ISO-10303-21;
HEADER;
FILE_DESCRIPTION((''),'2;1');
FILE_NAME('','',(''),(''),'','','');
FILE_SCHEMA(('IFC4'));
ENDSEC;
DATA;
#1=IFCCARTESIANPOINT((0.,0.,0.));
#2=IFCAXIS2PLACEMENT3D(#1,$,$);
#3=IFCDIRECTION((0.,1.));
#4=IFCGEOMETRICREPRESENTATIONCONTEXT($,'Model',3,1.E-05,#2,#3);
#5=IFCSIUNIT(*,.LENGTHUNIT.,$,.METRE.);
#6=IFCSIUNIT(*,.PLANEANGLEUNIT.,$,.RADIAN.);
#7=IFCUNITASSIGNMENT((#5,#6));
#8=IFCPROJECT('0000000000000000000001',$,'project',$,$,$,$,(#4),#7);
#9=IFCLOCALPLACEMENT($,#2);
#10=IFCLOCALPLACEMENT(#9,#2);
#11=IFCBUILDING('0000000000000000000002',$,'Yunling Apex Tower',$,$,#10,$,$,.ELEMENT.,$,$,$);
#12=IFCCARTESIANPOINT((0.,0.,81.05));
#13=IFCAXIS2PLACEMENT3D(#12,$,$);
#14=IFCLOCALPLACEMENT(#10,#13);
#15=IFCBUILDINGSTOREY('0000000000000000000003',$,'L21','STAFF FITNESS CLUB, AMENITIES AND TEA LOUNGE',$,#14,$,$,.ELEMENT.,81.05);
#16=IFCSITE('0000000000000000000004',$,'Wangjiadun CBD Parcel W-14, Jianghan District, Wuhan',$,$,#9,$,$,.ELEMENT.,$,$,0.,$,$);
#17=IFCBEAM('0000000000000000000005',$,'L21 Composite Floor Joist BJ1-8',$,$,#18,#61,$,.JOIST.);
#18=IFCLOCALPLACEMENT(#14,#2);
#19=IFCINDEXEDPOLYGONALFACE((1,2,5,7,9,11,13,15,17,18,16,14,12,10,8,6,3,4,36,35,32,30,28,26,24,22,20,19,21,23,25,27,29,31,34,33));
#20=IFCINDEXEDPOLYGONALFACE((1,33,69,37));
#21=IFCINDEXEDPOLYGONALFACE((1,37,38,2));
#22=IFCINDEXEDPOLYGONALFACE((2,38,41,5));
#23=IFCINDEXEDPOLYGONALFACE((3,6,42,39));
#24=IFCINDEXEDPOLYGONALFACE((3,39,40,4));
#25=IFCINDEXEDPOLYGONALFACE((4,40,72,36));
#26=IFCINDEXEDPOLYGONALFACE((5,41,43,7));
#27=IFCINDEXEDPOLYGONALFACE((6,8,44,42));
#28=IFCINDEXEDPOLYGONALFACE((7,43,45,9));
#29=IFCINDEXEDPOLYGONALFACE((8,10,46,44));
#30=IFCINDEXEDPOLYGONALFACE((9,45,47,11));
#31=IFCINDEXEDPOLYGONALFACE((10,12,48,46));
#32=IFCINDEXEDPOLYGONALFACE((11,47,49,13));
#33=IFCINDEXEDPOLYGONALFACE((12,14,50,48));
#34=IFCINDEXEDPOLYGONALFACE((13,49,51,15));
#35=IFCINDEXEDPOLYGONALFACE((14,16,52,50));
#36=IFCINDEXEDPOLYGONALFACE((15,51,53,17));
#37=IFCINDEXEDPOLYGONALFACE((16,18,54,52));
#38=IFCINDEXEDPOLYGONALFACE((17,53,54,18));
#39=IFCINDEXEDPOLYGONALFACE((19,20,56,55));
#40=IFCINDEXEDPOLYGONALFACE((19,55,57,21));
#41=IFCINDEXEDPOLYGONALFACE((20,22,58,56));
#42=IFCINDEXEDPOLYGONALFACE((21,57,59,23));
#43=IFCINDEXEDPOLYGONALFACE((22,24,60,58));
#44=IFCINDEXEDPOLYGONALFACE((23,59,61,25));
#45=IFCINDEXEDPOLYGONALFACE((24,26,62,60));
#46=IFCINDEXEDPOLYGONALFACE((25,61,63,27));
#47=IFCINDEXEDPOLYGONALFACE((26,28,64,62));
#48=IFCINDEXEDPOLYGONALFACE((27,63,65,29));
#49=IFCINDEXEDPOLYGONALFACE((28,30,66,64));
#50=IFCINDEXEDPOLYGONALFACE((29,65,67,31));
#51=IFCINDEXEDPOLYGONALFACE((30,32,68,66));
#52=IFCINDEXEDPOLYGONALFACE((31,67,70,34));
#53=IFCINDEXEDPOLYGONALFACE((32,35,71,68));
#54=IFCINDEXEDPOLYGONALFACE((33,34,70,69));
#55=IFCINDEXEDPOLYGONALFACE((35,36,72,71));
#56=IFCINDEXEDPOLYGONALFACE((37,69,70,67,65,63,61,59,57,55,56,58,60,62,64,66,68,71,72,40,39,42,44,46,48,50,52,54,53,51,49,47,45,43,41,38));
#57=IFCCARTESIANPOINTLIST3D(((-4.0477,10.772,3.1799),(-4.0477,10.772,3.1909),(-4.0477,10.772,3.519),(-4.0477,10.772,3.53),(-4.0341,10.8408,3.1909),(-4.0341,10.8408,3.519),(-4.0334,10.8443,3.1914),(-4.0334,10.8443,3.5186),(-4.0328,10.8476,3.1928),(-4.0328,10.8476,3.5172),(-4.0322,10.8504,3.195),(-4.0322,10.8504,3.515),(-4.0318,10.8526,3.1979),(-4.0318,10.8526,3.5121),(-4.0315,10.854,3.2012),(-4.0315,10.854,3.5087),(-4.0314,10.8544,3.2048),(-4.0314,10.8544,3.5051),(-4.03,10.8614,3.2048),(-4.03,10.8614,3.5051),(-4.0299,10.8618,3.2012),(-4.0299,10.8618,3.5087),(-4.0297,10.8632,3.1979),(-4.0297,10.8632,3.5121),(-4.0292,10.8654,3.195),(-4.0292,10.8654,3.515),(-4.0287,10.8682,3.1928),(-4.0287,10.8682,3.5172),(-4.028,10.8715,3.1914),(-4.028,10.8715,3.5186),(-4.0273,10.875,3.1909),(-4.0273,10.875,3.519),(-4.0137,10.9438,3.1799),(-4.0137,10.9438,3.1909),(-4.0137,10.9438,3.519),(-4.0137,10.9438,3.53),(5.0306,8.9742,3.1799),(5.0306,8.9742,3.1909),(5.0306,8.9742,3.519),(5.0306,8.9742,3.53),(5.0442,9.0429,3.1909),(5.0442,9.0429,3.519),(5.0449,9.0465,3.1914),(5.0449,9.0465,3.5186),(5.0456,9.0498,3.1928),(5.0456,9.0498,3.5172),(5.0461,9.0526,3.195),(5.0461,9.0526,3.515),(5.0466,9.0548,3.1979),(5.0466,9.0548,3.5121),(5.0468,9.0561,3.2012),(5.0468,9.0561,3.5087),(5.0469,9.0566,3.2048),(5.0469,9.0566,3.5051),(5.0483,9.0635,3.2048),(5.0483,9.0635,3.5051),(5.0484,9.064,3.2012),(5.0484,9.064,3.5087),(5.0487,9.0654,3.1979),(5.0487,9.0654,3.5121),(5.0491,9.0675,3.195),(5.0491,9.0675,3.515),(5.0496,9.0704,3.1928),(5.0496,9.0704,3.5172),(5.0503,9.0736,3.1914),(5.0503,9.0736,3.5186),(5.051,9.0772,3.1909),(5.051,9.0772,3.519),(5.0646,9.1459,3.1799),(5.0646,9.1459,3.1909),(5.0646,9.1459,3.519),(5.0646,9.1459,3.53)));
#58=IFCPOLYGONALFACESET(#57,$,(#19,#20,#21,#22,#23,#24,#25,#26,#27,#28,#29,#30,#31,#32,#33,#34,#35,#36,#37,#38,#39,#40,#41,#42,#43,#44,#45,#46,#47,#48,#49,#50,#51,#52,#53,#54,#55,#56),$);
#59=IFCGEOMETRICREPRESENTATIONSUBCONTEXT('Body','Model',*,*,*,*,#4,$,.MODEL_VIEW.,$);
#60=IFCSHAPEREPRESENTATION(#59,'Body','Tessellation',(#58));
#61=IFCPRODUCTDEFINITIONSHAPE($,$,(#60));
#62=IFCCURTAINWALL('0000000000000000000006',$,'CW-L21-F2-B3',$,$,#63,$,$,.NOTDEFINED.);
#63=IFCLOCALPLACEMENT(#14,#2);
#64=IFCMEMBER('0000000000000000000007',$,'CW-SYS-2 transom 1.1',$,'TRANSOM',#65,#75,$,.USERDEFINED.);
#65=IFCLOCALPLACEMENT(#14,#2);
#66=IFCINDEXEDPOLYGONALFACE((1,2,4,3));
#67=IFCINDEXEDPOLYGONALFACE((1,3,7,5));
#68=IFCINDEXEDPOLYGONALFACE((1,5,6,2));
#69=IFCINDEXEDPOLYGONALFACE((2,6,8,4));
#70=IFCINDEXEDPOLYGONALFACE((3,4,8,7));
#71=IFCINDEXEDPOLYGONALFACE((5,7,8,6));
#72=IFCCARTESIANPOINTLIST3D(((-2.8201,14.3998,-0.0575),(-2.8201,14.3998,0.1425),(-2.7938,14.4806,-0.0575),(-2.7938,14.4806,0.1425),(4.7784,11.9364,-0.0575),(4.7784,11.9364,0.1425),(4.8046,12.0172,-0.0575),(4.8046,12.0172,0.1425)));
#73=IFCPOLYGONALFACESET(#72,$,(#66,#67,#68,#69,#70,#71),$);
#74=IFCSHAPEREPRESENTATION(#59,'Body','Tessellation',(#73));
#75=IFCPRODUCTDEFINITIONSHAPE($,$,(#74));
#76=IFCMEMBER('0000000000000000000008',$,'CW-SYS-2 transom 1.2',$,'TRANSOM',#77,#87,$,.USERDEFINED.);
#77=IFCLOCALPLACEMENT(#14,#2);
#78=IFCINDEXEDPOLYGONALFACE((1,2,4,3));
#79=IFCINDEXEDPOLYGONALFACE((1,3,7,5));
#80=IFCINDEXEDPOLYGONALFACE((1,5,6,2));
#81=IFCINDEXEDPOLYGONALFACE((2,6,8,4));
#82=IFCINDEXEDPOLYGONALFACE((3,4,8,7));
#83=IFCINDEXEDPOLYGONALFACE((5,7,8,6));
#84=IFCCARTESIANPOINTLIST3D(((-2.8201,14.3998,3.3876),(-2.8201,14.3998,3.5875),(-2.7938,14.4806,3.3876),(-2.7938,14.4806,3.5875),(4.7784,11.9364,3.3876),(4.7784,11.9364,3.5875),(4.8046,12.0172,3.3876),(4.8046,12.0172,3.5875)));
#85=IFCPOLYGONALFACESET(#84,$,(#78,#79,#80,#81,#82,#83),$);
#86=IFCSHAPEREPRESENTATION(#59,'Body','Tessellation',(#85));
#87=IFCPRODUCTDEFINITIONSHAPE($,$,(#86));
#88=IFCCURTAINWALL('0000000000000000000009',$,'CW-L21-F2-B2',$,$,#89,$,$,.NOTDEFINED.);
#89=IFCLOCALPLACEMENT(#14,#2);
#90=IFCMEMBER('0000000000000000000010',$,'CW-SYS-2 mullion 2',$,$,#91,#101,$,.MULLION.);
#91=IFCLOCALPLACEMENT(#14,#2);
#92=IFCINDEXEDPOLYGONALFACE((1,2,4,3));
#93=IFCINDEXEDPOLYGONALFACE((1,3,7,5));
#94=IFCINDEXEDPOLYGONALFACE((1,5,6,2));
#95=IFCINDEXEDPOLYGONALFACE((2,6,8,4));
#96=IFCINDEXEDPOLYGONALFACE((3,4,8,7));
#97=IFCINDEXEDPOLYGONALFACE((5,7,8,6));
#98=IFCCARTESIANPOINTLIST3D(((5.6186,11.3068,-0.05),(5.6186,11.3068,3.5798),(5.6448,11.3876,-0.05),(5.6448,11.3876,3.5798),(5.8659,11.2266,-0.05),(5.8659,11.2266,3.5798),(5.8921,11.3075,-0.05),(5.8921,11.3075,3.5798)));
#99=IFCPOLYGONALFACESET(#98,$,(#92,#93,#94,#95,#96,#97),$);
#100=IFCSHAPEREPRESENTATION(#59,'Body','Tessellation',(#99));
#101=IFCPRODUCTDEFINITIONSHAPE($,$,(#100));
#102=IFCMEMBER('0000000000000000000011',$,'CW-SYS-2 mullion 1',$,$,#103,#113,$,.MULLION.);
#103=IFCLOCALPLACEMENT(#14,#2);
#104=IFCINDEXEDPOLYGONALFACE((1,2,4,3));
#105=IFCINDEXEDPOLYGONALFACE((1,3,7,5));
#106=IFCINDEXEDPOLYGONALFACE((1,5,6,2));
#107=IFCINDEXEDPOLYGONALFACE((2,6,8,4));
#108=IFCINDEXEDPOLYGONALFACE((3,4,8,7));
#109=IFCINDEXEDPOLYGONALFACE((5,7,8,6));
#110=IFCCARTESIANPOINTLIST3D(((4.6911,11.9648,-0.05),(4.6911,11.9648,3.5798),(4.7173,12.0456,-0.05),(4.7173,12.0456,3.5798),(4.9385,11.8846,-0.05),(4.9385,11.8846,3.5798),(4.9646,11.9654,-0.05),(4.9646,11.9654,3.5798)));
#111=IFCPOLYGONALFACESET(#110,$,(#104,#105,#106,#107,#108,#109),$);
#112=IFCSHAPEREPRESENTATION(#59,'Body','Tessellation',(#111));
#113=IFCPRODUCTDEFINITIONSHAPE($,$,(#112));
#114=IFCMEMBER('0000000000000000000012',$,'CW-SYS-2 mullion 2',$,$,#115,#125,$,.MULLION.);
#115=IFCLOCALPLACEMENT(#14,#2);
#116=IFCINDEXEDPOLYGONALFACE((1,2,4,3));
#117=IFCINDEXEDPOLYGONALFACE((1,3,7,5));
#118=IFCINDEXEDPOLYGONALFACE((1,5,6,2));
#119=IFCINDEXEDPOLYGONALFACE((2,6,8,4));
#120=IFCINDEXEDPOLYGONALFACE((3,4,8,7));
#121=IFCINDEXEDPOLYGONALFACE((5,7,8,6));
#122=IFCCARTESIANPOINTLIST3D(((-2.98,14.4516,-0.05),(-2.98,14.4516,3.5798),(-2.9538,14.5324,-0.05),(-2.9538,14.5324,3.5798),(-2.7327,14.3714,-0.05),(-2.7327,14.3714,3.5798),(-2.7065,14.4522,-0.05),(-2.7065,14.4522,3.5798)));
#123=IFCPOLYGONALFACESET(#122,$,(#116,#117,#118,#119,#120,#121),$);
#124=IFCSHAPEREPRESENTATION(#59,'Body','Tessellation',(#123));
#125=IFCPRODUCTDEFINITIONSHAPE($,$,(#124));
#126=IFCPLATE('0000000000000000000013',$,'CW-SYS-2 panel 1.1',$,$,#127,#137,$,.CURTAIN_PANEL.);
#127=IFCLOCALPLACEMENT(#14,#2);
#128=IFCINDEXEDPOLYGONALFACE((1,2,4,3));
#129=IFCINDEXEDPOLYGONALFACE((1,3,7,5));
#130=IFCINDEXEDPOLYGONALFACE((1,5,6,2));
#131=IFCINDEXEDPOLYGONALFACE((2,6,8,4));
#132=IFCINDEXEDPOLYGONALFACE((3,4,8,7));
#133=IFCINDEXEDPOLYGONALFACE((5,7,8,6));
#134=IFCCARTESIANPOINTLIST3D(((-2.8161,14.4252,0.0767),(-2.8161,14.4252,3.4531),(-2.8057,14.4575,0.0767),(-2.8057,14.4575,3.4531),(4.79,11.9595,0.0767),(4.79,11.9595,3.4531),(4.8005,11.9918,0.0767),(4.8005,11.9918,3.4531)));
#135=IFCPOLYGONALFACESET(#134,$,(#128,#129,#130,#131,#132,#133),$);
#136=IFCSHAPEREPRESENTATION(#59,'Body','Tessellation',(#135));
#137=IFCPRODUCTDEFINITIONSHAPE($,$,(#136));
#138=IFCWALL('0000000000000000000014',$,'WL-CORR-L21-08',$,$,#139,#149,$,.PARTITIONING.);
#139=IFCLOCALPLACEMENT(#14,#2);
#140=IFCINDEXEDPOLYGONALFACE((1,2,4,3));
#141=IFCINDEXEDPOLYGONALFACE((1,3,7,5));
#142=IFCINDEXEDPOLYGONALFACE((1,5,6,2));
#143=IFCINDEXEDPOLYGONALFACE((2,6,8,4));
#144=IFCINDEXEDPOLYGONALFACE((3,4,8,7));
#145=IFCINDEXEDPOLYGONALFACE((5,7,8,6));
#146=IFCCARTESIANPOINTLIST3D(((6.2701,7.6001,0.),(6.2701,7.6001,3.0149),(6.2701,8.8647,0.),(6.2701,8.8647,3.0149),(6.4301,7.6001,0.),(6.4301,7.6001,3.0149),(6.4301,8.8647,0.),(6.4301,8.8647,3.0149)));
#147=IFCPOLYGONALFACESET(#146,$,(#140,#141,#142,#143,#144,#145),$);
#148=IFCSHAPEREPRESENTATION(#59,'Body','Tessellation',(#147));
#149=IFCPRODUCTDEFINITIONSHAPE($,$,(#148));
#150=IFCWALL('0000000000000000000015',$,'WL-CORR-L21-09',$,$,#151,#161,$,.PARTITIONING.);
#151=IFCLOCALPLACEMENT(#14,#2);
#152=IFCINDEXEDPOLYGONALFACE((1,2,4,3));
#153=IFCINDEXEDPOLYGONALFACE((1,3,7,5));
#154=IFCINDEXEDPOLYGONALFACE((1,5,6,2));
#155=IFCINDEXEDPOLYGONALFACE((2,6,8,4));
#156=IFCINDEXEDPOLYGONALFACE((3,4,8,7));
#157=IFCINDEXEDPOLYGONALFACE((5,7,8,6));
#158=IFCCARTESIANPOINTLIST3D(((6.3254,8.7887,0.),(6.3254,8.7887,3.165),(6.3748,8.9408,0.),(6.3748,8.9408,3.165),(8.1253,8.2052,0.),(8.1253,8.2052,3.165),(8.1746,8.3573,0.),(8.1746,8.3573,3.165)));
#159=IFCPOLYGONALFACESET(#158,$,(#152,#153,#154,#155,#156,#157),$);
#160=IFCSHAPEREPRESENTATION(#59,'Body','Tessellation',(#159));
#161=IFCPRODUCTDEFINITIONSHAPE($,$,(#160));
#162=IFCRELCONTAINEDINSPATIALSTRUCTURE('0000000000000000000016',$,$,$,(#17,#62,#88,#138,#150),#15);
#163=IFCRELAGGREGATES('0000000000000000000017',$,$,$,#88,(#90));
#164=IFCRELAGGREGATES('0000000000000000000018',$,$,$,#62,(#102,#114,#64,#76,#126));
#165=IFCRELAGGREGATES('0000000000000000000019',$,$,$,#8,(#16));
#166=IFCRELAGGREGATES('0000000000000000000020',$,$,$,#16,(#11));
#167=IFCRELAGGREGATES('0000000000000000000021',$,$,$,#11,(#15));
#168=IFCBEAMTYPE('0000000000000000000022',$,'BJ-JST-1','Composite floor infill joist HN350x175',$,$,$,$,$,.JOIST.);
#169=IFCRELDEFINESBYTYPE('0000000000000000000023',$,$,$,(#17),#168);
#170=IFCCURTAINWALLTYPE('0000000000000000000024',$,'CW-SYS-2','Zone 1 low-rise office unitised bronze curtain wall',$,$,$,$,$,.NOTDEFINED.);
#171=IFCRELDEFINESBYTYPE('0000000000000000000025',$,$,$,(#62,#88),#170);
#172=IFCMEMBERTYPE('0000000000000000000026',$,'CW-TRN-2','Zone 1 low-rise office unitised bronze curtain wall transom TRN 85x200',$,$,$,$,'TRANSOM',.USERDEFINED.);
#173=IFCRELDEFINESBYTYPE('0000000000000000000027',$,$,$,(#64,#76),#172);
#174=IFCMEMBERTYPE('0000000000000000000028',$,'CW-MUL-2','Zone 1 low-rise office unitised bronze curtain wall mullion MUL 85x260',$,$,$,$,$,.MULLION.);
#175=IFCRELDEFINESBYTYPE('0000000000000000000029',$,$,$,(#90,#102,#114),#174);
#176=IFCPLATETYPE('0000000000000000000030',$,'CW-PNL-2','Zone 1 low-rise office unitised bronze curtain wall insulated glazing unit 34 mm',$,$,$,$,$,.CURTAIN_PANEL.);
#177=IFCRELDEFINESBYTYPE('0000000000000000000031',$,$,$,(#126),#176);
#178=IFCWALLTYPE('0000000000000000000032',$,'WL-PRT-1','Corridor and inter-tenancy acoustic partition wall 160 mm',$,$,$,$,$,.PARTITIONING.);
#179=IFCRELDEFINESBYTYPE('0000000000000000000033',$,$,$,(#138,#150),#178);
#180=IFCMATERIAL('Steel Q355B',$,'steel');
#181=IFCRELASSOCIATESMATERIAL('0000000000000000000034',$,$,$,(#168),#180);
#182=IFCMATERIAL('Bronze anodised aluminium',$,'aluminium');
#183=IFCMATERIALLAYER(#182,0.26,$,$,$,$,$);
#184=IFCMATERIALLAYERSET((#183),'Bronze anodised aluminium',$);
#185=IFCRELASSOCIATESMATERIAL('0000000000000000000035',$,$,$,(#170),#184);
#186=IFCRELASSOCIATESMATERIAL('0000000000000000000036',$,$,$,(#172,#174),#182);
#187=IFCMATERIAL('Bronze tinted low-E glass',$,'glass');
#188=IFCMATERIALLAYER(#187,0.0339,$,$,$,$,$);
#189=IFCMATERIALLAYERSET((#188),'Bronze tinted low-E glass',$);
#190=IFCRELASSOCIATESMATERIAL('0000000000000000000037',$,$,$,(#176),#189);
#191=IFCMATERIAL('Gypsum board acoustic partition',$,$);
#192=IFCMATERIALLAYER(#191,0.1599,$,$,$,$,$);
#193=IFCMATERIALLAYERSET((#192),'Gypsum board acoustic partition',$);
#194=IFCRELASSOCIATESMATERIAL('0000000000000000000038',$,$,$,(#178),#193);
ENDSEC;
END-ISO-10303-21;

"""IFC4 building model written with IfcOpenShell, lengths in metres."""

from ifc_helpers import new_model, si_unit, direction, frame, frame_2d, origin, origin_2d, place, context, subcontext, project, spatial, rectangle, i_section, extrude, source, transform, mapped, material, layer, layer_set, material_profile, profile_set, type_object, element, aggregate, save


model = new_model("IFC4")

# Units and contexts
model_context = context("Model", 3, precision=1e-05, world=origin(), true_north=direction((0.0, 1.0)))
body_context = subcontext(model_context, "Body", "Model", "MODEL_VIEW")
ifc_project = project(units=[si_unit("LENGTHUNIT", "METRE"), si_unit("PLANEANGLEUNIT", "RADIAN")], contexts=[model_context])

# Site, building, storey
site_placement = place(None, origin())
site = spatial("IfcSite", under=ifc_project, at=site_placement, Name="Wangjiadun CBD Parcel W-14, Jianghan District, Wuhan", CompositionType="ELEMENT", RefElevation=0.0)
building_placement = place(site_placement, origin())
building = spatial("IfcBuilding", under=site, at=building_placement, Name="Yunling Apex Tower", CompositionType="ELEMENT")
storey_placement = place(building_placement, frame((0.0, 0.0, 81.05)))
storey = spatial("IfcBuildingStorey", under=building, at=storey_placement, Name="L21", Description="STAFF FITNESS CLUB, AMENITIES AND TEA LOUNGE", CompositionType="ELEMENT", Elevation=81.05)

# Beam
ifc_material_1 = material(Name="Steel Q355B", Category="steel")
ifc_material_profile_1 = material_profile(ifc_material_1, i_section(OverallWidth=0.175, OverallDepth=0.3501, WebThickness=0.0071, FlangeThickness=0.011, FilletRadius=0.0139, at=origin_2d()))
ifc_profile_set_1 = profile_set([ifc_material_profile_1], Name="Steel Q355B")
beam_type_1 = type_object("IfcBeamType", Name="BJ-JST-1", Description="Composite floor infill joist HN350x175", PredefinedType="JOIST", material=ifc_profile_set_1)
shared_shape_1 = source(origin(), body_context, "Body", "SweptSolid", [
    extrude(i_section(OverallWidth=0.175, OverallDepth=0.3501, WebThickness=0.0071, FlangeThickness=0.011, FilletRadius=0.0139, at=origin_2d()), origin(), (0.0, 0.0, 1.0), 9.2546),
])
beam_1_placement = place(storey_placement, frame((5.0476, 9.0601, 3.355), z_axis=(-0.980949, 0.194264, 0.0), x_axis=(-0.194264, -0.980949, 0.0)))
element("IfcBeam", 1, at=beam_1_placement, inside=storey, type_object=beam_type_1, Name="L21 Composite Floor Joist BJ1-8", PredefinedType="JOIST", context=body_context, shape_type="MappedRepresentation", body=[
    mapped(shared_shape_1, transform((0.0, 0.0, 0.0), scale=1.0)),
])

# Curtain wall, members
ifc_material_2 = material(Name="Bronze anodised aluminium", Category="aluminium")
ifc_layer_1 = layer(ifc_material_2, 0.26)
ifc_layer_set_1 = layer_set([ifc_layer_1], Name="Bronze anodised aluminium")
curtain_wall_type = type_object("IfcCurtainWallType", Name="CW-SYS-2", Description="Zone 1 low-rise office unitised bronze curtain wall", PredefinedType="NOTDEFINED", material=ifc_layer_set_1)
curtain_wall_1_placement = place(storey_placement, origin())
curtain_wall_1 = element("IfcCurtainWall", 2, at=curtain_wall_1_placement, inside=storey, type_object=curtain_wall_type, Name="CW-L21-F2-B3", PredefinedType="NOTDEFINED")
ifc_material_profile_2 = material_profile(ifc_material_2, rectangle(XDim=0.085, YDim=0.2, at=origin_2d()))
ifc_profile_set_2 = profile_set([ifc_material_profile_2], Name="Bronze anodised aluminium")
member_type_1 = type_object("IfcMemberType", Name="CW-TRN-2", Description="Zone 1 low-rise office unitised bronze curtain wall transom TRN 85x200", ElementType="TRANSOM", PredefinedType="USERDEFINED", material=ifc_profile_set_2)
shared_shape_2 = source(origin(), body_context, "Body", "SweptSolid", [
    extrude(rectangle(XDim=0.085, YDim=0.2, at=origin_2d()), origin(), (0.0, 0.0, 1.0), 7.9878),
])
member_1_placement = place(storey_placement, frame((4.7915, 11.9768, 0.0425), z_axis=(-0.951258, 0.308396, 0.0), x_axis=(-0.308396, -0.951258, 0.0)))
member_1 = element("IfcMember", 3, at=member_1_placement, type_object=member_type_1, Name="CW-SYS-2 transom 1.1", ObjectType="TRANSOM", PredefinedType="USERDEFINED", context=body_context, shape_type="MappedRepresentation", body=[
    mapped(shared_shape_2, transform((0.0, 0.0, 0.0), scale=1.0)),
])
member_2_placement = place(storey_placement, frame((4.7915, 11.9768, 3.4875), z_axis=(-0.951258, 0.308396, 0.0), x_axis=(-0.308396, -0.951258, 0.0)))
member_2 = element("IfcMember", 4, at=member_2_placement, type_object=member_type_1, Name="CW-SYS-2 transom 1.2", ObjectType="TRANSOM", PredefinedType="USERDEFINED", context=body_context, shape_type="MappedRepresentation", body=[
    mapped(shared_shape_2, transform((0.0, 0.0, 0.0), scale=1.0)),
])

# Curtain wall, member
curtain_wall_2_placement = place(storey_placement, origin())
curtain_wall_2 = element("IfcCurtainWall", 5, at=curtain_wall_2_placement, inside=storey, type_object=curtain_wall_type, Name="CW-L21-F2-B2", PredefinedType="NOTDEFINED")
ifc_material_profile_3 = material_profile(ifc_material_2, rectangle(XDim=0.085, YDim=0.26, at=origin_2d()))
ifc_profile_set_3 = profile_set([ifc_material_profile_3], Name="Bronze anodised aluminium")
member_type_2 = type_object("IfcMemberType", Name="CW-MUL-2", Description="Zone 1 low-rise office unitised bronze curtain wall mullion MUL 85x260", PredefinedType="MULLION", material=ifc_profile_set_3)
shared_shape_3 = source(origin(), body_context, "Body", "SweptSolid", [
    extrude(rectangle(XDim=0.085, YDim=0.26, at=origin_2d()), origin(), (0.0, 0.0, 1.0), 3.6299),
])
member_3_placement = place(storey_placement, frame((5.7554, 11.3071, -0.05), z_axis=(0.0, 0.0, 1.0), x_axis=(-0.308352, -0.951272, 0.0)))
member_3 = element("IfcMember", 6, at=member_3_placement, type_object=member_type_2, Name="CW-SYS-2 mullion 2", PredefinedType="MULLION", context=body_context, shape_type="MappedRepresentation", body=[
    mapped(shared_shape_3, transform((0.0, 0.0, 0.0), scale=1.0)),
])
aggregate(curtain_wall_2, [member_3])

# Members
member_4_placement = place(storey_placement, frame((4.8279, 11.9651, -0.05), z_axis=(0.0, 0.0, 1.0), x_axis=(-0.308368, -0.951267, 0.0)))
member_4 = element("IfcMember", 7, at=member_4_placement, type_object=member_type_2, Name="CW-SYS-2 mullion 1", PredefinedType="MULLION", context=body_context, shape_type="MappedRepresentation", body=[
    mapped(shared_shape_3, transform((0.0, 0.0, 0.0), scale=1.0)),
])
member_5_placement = place(storey_placement, frame((-2.8433, 14.4519, -0.05), z_axis=(0.0, 0.0, 1.0), x_axis=(-0.308368, -0.951267, 0.0)))
member_5 = element("IfcMember", 8, at=member_5_placement, type_object=member_type_2, Name="CW-SYS-2 mullion 2", PredefinedType="MULLION", context=body_context, shape_type="MappedRepresentation", body=[
    mapped(shared_shape_3, transform((0.0, 0.0, 0.0), scale=1.0)),
])

# Plate
ifc_material_3 = material(Name="Bronze tinted low-E glass", Category="glass")
ifc_layer_2 = layer(ifc_material_3, 0.0339)
ifc_layer_set_2 = layer_set([ifc_layer_2], Name="Bronze tinted low-E glass")
plate_type = type_object("IfcPlateType", Name="CW-PNL-2", Description="Zone 1 low-rise office unitised bronze curtain wall insulated glazing unit 34 mm", PredefinedType="CURTAIN_PANEL", material=ifc_layer_set_2)
shared_shape_4 = source(origin(), body_context, "Body", "SweptSolid", [
    extrude(rectangle(XDim=7.9958, YDim=0.0339, at=origin_2d()), origin(), (0.0, 0.0, 1.0), 3.3765),
])
plate_placement = place(storey_placement, frame((0.9922, 13.2085, 0.0767), z_axis=(0.0, 0.0, 1.0), x_axis=(-0.951267, 0.308368, 0.0)))
plate = element("IfcPlate", 9, at=plate_placement, type_object=plate_type, Name="CW-SYS-2 panel 1.1", PredefinedType="CURTAIN_PANEL", context=body_context, shape_type="MappedRepresentation", body=[
    mapped(shared_shape_4, transform((0.0, 0.0, 0.0), scale=1.0)),
])
aggregate(curtain_wall_1, [member_4, member_5, member_1, member_2, plate])

# Walls
ifc_material_4 = material(Name="Gypsum board acoustic partition")
ifc_layer_3 = layer(ifc_material_4, 0.1599)
ifc_layer_set_3 = layer_set([ifc_layer_3], Name="Gypsum board acoustic partition")
wall_type_1 = type_object("IfcWallType", Name="WL-PRT-1", Description="Corridor and inter-tenancy acoustic partition wall 160 mm", PredefinedType="PARTITIONING", material=ifc_layer_set_3)
wall_1_placement = place(storey_placement, frame((6.3501, 7.6001, 0.0), z_axis=(0.0, 0.0, 1.0), x_axis=(0.0, 1.0, 0.0)))
element("IfcWall", 10, at=wall_1_placement, inside=storey, type_object=wall_type_1, Name="WL-CORR-L21-08", PredefinedType="PARTITIONING", context=body_context, shape_type="SweptSolid", body=[
    extrude(rectangle(XDim=1.2646, YDim=0.1599, at=frame_2d((0.6323, 0.0))), origin(), (0.0, 0.0, 1.0), 3.0149),
])
wall_2_placement = place(storey_placement, frame((6.3501, 8.8647, 0.0), z_axis=(0.0, 0.0, 1.0), x_axis=(0.951258, -0.308397, 0.0)))
element("IfcWall", 11, at=wall_2_placement, inside=storey, type_object=wall_type_1, Name="WL-CORR-L21-09", PredefinedType="PARTITIONING", context=body_context, shape_type="SweptSolid", body=[
    extrude(rectangle(XDim=1.8921, YDim=0.1599, at=frame_2d((0.946, 0.0))), origin(), (0.0, 0.0, 1.0), 3.165),
])

save(model, "model.ifc")
